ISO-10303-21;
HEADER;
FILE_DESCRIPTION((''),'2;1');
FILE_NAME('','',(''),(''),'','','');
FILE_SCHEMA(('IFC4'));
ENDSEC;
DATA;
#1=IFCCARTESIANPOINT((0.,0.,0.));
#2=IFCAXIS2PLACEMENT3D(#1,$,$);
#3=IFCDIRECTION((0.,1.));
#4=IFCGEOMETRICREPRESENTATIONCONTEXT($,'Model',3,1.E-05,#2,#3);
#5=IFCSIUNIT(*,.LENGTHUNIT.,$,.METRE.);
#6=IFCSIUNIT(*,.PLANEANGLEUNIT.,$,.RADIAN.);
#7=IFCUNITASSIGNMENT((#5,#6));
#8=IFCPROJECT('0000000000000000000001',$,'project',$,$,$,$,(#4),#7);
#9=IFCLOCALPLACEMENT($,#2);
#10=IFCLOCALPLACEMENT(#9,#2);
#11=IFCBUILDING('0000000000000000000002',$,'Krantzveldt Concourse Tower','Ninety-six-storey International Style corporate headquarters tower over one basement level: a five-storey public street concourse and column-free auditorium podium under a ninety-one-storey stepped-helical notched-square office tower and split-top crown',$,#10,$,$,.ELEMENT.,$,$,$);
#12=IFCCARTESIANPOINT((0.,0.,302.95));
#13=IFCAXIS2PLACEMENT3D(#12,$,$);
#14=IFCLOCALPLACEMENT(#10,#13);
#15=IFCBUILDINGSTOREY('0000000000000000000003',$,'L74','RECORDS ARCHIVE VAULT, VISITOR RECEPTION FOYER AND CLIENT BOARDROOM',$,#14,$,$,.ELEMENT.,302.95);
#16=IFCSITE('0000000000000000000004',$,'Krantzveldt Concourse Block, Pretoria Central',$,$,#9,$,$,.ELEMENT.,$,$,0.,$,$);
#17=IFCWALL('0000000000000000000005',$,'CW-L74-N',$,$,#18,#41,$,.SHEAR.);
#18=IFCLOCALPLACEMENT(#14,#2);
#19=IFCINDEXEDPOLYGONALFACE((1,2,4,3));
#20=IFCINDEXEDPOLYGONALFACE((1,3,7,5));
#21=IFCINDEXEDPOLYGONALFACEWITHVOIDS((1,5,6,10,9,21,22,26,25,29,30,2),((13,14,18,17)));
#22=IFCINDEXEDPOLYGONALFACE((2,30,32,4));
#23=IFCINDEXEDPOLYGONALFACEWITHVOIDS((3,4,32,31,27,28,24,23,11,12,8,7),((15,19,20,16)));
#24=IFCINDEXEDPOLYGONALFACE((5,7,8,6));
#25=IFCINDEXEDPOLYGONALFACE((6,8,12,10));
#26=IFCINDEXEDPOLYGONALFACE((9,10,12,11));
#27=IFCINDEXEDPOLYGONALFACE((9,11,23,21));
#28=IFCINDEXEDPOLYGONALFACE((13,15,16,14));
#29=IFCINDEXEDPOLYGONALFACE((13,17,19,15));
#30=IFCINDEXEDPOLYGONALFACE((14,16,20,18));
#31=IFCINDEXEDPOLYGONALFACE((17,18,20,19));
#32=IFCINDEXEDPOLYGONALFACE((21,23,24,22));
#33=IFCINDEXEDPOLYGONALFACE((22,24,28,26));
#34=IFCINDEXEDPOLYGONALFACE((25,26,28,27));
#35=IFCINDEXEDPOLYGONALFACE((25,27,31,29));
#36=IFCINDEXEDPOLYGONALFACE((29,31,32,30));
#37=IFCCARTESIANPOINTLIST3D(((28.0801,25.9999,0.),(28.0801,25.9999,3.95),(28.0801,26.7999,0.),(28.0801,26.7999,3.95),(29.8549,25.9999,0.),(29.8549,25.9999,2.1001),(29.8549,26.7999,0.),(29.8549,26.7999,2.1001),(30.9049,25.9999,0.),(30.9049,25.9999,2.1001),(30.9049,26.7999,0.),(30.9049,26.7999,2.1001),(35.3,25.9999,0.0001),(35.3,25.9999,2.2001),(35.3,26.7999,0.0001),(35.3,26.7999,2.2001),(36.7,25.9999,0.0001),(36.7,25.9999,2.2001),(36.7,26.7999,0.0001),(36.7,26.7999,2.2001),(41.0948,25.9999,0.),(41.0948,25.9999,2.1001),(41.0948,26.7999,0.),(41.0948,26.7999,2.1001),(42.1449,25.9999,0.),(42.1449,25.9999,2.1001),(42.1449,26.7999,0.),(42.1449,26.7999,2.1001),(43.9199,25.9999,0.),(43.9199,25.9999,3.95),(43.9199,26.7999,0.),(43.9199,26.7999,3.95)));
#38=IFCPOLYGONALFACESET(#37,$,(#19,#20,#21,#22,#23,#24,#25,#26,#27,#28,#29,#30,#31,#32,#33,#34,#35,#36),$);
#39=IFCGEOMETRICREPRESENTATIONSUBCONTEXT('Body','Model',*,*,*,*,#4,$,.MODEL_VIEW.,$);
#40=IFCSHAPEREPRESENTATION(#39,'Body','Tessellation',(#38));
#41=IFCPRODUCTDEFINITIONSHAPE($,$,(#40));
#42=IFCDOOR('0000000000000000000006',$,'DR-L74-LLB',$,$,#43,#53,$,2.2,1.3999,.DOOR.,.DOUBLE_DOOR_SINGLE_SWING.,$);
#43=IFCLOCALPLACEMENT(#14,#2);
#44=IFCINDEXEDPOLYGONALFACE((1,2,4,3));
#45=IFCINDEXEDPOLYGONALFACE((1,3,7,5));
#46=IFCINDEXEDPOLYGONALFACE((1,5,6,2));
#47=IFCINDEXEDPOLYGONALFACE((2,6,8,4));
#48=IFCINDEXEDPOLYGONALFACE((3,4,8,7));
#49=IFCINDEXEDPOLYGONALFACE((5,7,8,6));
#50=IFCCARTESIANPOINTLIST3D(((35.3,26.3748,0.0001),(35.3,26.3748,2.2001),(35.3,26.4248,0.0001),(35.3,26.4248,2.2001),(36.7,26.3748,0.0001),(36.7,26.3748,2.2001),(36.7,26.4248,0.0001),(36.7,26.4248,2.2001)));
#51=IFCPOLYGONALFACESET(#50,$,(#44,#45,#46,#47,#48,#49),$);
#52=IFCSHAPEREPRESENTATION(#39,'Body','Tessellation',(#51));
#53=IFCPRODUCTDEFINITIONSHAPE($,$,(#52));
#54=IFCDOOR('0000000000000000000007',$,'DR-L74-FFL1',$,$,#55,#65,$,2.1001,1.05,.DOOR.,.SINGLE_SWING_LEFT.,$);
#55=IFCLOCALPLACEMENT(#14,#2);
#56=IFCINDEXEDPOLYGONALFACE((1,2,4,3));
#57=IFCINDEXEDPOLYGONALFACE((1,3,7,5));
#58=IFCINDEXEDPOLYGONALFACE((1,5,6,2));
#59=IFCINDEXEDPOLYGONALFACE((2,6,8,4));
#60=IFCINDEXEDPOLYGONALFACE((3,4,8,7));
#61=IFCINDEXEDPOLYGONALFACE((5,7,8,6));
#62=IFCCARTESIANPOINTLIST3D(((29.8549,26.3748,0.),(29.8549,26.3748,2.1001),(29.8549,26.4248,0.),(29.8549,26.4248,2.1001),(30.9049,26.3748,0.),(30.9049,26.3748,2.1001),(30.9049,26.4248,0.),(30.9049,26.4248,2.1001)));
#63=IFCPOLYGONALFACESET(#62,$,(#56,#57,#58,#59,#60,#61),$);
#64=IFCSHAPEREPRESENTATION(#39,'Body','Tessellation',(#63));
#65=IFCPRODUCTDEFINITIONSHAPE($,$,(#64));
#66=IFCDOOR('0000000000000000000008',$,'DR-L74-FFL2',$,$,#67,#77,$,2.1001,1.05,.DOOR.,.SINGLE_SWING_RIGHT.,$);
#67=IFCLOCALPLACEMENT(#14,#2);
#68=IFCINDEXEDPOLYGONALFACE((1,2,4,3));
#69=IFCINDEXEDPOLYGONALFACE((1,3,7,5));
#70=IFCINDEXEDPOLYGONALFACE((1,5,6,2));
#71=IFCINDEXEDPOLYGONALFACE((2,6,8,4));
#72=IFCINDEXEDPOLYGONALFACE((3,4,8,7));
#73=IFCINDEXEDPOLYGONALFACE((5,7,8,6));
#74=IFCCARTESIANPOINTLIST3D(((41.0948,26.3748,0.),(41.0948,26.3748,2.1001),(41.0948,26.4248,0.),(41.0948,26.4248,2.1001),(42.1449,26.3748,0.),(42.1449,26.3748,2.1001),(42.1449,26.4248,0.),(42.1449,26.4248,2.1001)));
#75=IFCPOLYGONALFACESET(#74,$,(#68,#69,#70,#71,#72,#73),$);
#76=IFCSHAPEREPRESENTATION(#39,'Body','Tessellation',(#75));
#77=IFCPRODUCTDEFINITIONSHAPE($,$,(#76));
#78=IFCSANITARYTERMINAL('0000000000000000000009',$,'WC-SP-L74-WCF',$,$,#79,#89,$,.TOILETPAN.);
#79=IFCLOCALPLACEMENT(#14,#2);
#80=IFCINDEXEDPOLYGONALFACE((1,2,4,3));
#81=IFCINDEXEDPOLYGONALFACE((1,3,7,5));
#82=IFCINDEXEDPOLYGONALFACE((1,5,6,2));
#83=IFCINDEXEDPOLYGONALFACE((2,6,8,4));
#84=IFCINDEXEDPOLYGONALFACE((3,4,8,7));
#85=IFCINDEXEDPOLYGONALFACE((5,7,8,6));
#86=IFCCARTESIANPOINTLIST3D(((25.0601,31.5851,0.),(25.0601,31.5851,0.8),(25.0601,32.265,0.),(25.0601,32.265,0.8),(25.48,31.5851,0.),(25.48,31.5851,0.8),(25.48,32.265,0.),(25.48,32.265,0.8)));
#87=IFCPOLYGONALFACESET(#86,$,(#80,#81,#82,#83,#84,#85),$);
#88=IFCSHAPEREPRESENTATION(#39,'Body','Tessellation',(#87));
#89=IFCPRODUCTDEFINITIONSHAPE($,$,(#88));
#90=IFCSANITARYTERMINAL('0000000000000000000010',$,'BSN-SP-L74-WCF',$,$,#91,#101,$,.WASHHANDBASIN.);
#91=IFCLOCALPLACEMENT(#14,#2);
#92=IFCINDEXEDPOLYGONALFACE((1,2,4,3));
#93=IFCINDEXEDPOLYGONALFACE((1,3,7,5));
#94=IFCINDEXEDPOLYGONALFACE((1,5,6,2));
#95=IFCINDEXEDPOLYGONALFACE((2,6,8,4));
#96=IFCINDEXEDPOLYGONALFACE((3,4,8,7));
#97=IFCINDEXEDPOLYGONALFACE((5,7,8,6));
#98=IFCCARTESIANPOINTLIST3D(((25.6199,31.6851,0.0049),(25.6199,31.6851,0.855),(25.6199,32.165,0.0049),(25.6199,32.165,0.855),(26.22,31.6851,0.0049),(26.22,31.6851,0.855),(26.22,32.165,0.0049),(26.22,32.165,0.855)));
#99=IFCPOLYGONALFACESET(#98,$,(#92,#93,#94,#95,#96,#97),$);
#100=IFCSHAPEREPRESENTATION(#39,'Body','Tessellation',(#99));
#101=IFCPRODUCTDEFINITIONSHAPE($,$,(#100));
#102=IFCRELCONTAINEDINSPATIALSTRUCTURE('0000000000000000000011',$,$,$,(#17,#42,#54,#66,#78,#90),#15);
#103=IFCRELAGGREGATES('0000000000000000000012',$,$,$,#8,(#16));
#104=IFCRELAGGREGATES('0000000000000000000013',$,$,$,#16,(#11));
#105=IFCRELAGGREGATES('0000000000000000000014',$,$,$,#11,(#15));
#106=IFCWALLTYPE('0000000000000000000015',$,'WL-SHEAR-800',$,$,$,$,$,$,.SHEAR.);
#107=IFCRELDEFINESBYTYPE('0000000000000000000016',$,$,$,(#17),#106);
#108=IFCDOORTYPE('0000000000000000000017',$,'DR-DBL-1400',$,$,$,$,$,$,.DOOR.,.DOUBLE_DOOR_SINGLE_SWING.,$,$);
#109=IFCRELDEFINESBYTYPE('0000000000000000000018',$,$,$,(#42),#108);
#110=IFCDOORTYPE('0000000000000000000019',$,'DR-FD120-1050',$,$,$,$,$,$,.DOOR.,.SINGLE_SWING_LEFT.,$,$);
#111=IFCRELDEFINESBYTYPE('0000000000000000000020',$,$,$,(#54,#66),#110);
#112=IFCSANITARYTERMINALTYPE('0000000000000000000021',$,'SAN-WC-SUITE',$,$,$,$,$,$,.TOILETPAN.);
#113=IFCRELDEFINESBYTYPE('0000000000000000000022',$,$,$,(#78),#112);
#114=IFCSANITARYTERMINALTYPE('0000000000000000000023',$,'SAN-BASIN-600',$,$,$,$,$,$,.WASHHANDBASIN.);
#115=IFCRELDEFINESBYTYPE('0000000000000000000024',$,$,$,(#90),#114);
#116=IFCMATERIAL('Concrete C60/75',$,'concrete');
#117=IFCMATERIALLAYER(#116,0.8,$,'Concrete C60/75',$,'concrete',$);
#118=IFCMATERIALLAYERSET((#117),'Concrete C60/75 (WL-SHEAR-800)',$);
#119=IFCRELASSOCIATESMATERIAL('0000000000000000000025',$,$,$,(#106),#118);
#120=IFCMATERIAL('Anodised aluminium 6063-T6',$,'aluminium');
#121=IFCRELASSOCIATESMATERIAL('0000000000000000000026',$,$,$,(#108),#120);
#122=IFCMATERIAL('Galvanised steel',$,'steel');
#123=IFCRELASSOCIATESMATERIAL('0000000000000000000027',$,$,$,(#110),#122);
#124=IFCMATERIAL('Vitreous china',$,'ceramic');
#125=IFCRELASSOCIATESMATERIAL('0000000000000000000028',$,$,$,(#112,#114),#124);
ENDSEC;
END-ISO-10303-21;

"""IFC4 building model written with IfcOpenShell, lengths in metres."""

from ifc_helpers import new_model, si_unit, direction, frame, frame_2d, origin, origin_2d, place, context, subcontext, project, spatial, rectangle, extrude, source, transform, mapped, material, layer, layer_set, type_object, type_shapes, element, fill, save


model = new_model("IFC4")

# Units and contexts
model_context = context("Model", 3, precision=1e-05, world=origin(), true_north=direction((0.0, 1.0)))
body_context = subcontext(model_context, "Body", "Model", "MODEL_VIEW")
ifc_project = project(units=[si_unit("LENGTHUNIT", "METRE"), si_unit("PLANEANGLEUNIT", "RADIAN")], contexts=[model_context])

# Site, building, storey
site_placement = place(None, origin())
site = spatial("IfcSite", under=ifc_project, at=site_placement, Name="Krantzveldt Concourse Block, Pretoria Central", CompositionType="ELEMENT", RefElevation=0.0)
building_placement = place(site_placement, origin())
building = spatial("IfcBuilding", under=site, at=building_placement, Name="Krantzveldt Concourse Tower", Description="Ninety-six-storey International Style corporate headquarters tower over one basement level: a five-storey public street concourse and column-free auditorium podium under a ninety-one-storey stepped-helical notched-square office tower and split-top crown", CompositionType="ELEMENT")
storey_placement = place(building_placement, frame((0.0, 0.0, 302.95)))
storey = spatial("IfcBuildingStorey", under=building, at=storey_placement, Name="L74", Description="RECORDS ARCHIVE VAULT, VISITOR RECEPTION FOYER AND CLIENT BOARDROOM", CompositionType="ELEMENT", Elevation=302.95)

# Wall, openings, doors
ifc_material_1 = material(Name="Concrete C60/75", Category="concrete")
ifc_layer_1 = layer(ifc_material_1, 0.8, Name="Concrete C60/75", Category="concrete")
ifc_layer_set_1 = layer_set([ifc_layer_1], Name="Concrete C60/75 (WL-SHEAR-800)")
wall_type_1 = type_object("IfcWallType", Name="WL-SHEAR-800", PredefinedType="SHEAR", material=ifc_layer_set_1)
wall_1_placement = place(storey_placement, frame((28.0801, 26.3999, 0.0), z_axis=(0.0, 0.0, 1.0), x_axis=(1.0, 0.0, 0.0)))
wall_1 = element("IfcWall", 1, at=wall_1_placement, inside=storey, type_object=wall_type_1, Name="CW-L74-N", PredefinedType="SHEAR", context=body_context, shape_type="SweptSolid", body=[
    extrude(rectangle(XDim=15.8398, YDim=0.8, at=frame_2d((7.9199, 0.0))), origin(), (0.0, 0.0, 1.0), 3.95),
])
opening_1_placement = place(wall_1_placement, frame((7.22, 0.0, 0.0)))
opening_1 = element("IfcOpeningElement", 2, at=opening_1_placement, cuts=wall_1, PredefinedType="OPENING", context=body_context, shape_type="SweptSolid", body=[
    extrude(rectangle(XDim=1.3999, YDim=2.2, at=frame_2d((0.7, 1.1001))), frame((0.0, 0.4102, 0.0), z_axis=(0.0, -1.0, 0.0), x_axis=(1.0, 0.0, 0.0)), (0.0, 0.0, 1.0), 0.8201),
])
opening_2_placement = place(wall_1_placement, frame((1.7749, 0.0, 0.0)))
opening_2 = element("IfcOpeningElement", 3, at=opening_2_placement, cuts=wall_1, PredefinedType="OPENING", context=body_context, shape_type="SweptSolid", body=[
    extrude(rectangle(XDim=1.05, YDim=2.1001, at=frame_2d((0.5249, 1.05))), frame((0.0, 0.4102, 0.0), z_axis=(0.0, -1.0, 0.0), x_axis=(1.0, 0.0, 0.0)), (0.0, 0.0, 1.0), 0.8201),
])
opening_3_placement = place(wall_1_placement, frame((13.0149, 0.0, 0.0)))
opening_3 = element("IfcOpeningElement", 4, at=opening_3_placement, cuts=wall_1, PredefinedType="OPENING", context=body_context, shape_type="SweptSolid", body=[
    extrude(rectangle(XDim=1.05, YDim=2.1001, at=frame_2d((0.5249, 1.05))), frame((0.0, 0.4102, 0.0), z_axis=(0.0, -1.0, 0.0), x_axis=(1.0, 0.0, 0.0)), (0.0, 0.0, 1.0), 0.8201),
])
ifc_material_2 = material(Name="Anodised aluminium 6063-T6", Category="aluminium")
door_type_1 = type_object("IfcDoorType", Name="DR-DBL-1400", OperationType="DOUBLE_DOOR_SINGLE_SWING", PredefinedType="DOOR", material=ifc_material_2)
door_1_placement = place(opening_1_placement, origin())
door_1 = element("IfcDoor", 5, at=door_1_placement, inside=storey, type_object=door_type_1, Name="DR-L74-LLB", OperationType="DOUBLE_DOOR_SINGLE_SWING", OverallHeight=2.2, OverallWidth=1.3999, PredefinedType="DOOR", context=body_context, shape_type="SweptSolid", body=[
    extrude(rectangle(XDim=1.3999, YDim=2.2, at=frame_2d((0.7, 1.1001))), frame((0.0, 0.0249, 0.0), z_axis=(0.0, -1.0, 0.0), x_axis=(1.0, 0.0, 0.0)), (0.0, 0.0, 1.0), 0.05),
])
fill(opening_1, door_1)
ifc_material_3 = material(Name="Galvanised steel", Category="steel")
door_type_2 = type_object("IfcDoorType", Name="DR-FD120-1050", OperationType="SINGLE_SWING_LEFT", PredefinedType="DOOR", material=ifc_material_3)
door_2_placement = place(opening_2_placement, origin())
door_2 = element("IfcDoor", 6, at=door_2_placement, inside=storey, type_object=door_type_2, Name="DR-L74-FFL1", OperationType="SINGLE_SWING_LEFT", OverallHeight=2.1001, OverallWidth=1.05, PredefinedType="DOOR", context=body_context, shape_type="SweptSolid", body=[
    extrude(rectangle(XDim=1.05, YDim=2.1001, at=frame_2d((0.5249, 1.05))), frame((0.0, 0.0249, 0.0), z_axis=(0.0, -1.0, 0.0), x_axis=(1.0, 0.0, 0.0)), (0.0, 0.0, 1.0), 0.05),
])
fill(opening_2, door_2)
door_3_placement = place(opening_3_placement, origin())
door_3 = element("IfcDoor", 7, at=door_3_placement, inside=storey, type_object=door_type_2, Name="DR-L74-FFL2", OperationType="SINGLE_SWING_RIGHT", OverallHeight=2.1001, OverallWidth=1.05, PredefinedType="DOOR", context=body_context, shape_type="SweptSolid", body=[
    extrude(rectangle(XDim=1.05, YDim=2.1001, at=frame_2d((0.5249, 1.05))), frame((0.0, 0.0249, 0.0), z_axis=(0.0, -1.0, 0.0), x_axis=(1.0, 0.0, 0.0)), (0.0, 0.0, 1.0), 0.05),
])
fill(opening_3, door_3)

# Sanitary terminals
ifc_material_4 = material(Name="Vitreous china", Category="ceramic")
sanitary_terminal_type_1 = type_object("IfcSanitaryTerminalType", Name="SAN-WC-SUITE", PredefinedType="TOILETPAN", material=ifc_material_4)
shared_shape_1 = source(origin(), body_context, "Body", "SweptSolid", [
    extrude(rectangle(XDim=0.4199, YDim=0.6799, at=origin_2d()), origin(), (0.0, 0.0, 1.0), 0.8),
])
type_shapes(sanitary_terminal_type_1, [shared_shape_1])
sanitary_terminal_1_placement = place(storey_placement, frame((25.27, 31.925, 0.0), z_axis=(0.0, 0.0, 1.0), x_axis=(1.0, 0.0, 0.0)))
element("IfcSanitaryTerminal", 8, at=sanitary_terminal_1_placement, inside=storey, type_object=sanitary_terminal_type_1, Name="WC-SP-L74-WCF", PredefinedType="TOILETPAN", context=body_context, shape_type="MappedRepresentation", body=[
    mapped(shared_shape_1, transform((0.0, 0.0, 0.0), x_axis=(1.0, 0.0, 0.0), y_axis=(0.0, 1.0, 0.0), z_axis=(0.0, 0.0, 1.0), scale=1.0)),
])
sanitary_terminal_type_2 = type_object("IfcSanitaryTerminalType", Name="SAN-BASIN-600", PredefinedType="WASHHANDBASIN", material=ifc_material_4)
shared_shape_2 = source(origin(), body_context, "Body", "SweptSolid", [
    extrude(rectangle(XDim=0.6001, YDim=0.48, at=origin_2d()), origin(), (0.0, 0.0, 1.0), 0.8501),
])
type_shapes(sanitary_terminal_type_2, [shared_shape_2])
sanitary_terminal_2_placement = place(storey_placement, frame((25.9199, 31.925, 0.0049), z_axis=(0.0, 0.0, 1.0), x_axis=(1.0, 0.0, 0.0)))
element("IfcSanitaryTerminal", 9, at=sanitary_terminal_2_placement, inside=storey, type_object=sanitary_terminal_type_2, Name="BSN-SP-L74-WCF", PredefinedType="WASHHANDBASIN", context=body_context, shape_type="MappedRepresentation", body=[
    mapped(shared_shape_2, transform((0.0, 0.0, 0.0), x_axis=(1.0, 0.0, 0.0), y_axis=(0.0, 1.0, 0.0), z_axis=(0.0, 0.0, 1.0), scale=1.0)),
])

save(model, "model.ifc")
